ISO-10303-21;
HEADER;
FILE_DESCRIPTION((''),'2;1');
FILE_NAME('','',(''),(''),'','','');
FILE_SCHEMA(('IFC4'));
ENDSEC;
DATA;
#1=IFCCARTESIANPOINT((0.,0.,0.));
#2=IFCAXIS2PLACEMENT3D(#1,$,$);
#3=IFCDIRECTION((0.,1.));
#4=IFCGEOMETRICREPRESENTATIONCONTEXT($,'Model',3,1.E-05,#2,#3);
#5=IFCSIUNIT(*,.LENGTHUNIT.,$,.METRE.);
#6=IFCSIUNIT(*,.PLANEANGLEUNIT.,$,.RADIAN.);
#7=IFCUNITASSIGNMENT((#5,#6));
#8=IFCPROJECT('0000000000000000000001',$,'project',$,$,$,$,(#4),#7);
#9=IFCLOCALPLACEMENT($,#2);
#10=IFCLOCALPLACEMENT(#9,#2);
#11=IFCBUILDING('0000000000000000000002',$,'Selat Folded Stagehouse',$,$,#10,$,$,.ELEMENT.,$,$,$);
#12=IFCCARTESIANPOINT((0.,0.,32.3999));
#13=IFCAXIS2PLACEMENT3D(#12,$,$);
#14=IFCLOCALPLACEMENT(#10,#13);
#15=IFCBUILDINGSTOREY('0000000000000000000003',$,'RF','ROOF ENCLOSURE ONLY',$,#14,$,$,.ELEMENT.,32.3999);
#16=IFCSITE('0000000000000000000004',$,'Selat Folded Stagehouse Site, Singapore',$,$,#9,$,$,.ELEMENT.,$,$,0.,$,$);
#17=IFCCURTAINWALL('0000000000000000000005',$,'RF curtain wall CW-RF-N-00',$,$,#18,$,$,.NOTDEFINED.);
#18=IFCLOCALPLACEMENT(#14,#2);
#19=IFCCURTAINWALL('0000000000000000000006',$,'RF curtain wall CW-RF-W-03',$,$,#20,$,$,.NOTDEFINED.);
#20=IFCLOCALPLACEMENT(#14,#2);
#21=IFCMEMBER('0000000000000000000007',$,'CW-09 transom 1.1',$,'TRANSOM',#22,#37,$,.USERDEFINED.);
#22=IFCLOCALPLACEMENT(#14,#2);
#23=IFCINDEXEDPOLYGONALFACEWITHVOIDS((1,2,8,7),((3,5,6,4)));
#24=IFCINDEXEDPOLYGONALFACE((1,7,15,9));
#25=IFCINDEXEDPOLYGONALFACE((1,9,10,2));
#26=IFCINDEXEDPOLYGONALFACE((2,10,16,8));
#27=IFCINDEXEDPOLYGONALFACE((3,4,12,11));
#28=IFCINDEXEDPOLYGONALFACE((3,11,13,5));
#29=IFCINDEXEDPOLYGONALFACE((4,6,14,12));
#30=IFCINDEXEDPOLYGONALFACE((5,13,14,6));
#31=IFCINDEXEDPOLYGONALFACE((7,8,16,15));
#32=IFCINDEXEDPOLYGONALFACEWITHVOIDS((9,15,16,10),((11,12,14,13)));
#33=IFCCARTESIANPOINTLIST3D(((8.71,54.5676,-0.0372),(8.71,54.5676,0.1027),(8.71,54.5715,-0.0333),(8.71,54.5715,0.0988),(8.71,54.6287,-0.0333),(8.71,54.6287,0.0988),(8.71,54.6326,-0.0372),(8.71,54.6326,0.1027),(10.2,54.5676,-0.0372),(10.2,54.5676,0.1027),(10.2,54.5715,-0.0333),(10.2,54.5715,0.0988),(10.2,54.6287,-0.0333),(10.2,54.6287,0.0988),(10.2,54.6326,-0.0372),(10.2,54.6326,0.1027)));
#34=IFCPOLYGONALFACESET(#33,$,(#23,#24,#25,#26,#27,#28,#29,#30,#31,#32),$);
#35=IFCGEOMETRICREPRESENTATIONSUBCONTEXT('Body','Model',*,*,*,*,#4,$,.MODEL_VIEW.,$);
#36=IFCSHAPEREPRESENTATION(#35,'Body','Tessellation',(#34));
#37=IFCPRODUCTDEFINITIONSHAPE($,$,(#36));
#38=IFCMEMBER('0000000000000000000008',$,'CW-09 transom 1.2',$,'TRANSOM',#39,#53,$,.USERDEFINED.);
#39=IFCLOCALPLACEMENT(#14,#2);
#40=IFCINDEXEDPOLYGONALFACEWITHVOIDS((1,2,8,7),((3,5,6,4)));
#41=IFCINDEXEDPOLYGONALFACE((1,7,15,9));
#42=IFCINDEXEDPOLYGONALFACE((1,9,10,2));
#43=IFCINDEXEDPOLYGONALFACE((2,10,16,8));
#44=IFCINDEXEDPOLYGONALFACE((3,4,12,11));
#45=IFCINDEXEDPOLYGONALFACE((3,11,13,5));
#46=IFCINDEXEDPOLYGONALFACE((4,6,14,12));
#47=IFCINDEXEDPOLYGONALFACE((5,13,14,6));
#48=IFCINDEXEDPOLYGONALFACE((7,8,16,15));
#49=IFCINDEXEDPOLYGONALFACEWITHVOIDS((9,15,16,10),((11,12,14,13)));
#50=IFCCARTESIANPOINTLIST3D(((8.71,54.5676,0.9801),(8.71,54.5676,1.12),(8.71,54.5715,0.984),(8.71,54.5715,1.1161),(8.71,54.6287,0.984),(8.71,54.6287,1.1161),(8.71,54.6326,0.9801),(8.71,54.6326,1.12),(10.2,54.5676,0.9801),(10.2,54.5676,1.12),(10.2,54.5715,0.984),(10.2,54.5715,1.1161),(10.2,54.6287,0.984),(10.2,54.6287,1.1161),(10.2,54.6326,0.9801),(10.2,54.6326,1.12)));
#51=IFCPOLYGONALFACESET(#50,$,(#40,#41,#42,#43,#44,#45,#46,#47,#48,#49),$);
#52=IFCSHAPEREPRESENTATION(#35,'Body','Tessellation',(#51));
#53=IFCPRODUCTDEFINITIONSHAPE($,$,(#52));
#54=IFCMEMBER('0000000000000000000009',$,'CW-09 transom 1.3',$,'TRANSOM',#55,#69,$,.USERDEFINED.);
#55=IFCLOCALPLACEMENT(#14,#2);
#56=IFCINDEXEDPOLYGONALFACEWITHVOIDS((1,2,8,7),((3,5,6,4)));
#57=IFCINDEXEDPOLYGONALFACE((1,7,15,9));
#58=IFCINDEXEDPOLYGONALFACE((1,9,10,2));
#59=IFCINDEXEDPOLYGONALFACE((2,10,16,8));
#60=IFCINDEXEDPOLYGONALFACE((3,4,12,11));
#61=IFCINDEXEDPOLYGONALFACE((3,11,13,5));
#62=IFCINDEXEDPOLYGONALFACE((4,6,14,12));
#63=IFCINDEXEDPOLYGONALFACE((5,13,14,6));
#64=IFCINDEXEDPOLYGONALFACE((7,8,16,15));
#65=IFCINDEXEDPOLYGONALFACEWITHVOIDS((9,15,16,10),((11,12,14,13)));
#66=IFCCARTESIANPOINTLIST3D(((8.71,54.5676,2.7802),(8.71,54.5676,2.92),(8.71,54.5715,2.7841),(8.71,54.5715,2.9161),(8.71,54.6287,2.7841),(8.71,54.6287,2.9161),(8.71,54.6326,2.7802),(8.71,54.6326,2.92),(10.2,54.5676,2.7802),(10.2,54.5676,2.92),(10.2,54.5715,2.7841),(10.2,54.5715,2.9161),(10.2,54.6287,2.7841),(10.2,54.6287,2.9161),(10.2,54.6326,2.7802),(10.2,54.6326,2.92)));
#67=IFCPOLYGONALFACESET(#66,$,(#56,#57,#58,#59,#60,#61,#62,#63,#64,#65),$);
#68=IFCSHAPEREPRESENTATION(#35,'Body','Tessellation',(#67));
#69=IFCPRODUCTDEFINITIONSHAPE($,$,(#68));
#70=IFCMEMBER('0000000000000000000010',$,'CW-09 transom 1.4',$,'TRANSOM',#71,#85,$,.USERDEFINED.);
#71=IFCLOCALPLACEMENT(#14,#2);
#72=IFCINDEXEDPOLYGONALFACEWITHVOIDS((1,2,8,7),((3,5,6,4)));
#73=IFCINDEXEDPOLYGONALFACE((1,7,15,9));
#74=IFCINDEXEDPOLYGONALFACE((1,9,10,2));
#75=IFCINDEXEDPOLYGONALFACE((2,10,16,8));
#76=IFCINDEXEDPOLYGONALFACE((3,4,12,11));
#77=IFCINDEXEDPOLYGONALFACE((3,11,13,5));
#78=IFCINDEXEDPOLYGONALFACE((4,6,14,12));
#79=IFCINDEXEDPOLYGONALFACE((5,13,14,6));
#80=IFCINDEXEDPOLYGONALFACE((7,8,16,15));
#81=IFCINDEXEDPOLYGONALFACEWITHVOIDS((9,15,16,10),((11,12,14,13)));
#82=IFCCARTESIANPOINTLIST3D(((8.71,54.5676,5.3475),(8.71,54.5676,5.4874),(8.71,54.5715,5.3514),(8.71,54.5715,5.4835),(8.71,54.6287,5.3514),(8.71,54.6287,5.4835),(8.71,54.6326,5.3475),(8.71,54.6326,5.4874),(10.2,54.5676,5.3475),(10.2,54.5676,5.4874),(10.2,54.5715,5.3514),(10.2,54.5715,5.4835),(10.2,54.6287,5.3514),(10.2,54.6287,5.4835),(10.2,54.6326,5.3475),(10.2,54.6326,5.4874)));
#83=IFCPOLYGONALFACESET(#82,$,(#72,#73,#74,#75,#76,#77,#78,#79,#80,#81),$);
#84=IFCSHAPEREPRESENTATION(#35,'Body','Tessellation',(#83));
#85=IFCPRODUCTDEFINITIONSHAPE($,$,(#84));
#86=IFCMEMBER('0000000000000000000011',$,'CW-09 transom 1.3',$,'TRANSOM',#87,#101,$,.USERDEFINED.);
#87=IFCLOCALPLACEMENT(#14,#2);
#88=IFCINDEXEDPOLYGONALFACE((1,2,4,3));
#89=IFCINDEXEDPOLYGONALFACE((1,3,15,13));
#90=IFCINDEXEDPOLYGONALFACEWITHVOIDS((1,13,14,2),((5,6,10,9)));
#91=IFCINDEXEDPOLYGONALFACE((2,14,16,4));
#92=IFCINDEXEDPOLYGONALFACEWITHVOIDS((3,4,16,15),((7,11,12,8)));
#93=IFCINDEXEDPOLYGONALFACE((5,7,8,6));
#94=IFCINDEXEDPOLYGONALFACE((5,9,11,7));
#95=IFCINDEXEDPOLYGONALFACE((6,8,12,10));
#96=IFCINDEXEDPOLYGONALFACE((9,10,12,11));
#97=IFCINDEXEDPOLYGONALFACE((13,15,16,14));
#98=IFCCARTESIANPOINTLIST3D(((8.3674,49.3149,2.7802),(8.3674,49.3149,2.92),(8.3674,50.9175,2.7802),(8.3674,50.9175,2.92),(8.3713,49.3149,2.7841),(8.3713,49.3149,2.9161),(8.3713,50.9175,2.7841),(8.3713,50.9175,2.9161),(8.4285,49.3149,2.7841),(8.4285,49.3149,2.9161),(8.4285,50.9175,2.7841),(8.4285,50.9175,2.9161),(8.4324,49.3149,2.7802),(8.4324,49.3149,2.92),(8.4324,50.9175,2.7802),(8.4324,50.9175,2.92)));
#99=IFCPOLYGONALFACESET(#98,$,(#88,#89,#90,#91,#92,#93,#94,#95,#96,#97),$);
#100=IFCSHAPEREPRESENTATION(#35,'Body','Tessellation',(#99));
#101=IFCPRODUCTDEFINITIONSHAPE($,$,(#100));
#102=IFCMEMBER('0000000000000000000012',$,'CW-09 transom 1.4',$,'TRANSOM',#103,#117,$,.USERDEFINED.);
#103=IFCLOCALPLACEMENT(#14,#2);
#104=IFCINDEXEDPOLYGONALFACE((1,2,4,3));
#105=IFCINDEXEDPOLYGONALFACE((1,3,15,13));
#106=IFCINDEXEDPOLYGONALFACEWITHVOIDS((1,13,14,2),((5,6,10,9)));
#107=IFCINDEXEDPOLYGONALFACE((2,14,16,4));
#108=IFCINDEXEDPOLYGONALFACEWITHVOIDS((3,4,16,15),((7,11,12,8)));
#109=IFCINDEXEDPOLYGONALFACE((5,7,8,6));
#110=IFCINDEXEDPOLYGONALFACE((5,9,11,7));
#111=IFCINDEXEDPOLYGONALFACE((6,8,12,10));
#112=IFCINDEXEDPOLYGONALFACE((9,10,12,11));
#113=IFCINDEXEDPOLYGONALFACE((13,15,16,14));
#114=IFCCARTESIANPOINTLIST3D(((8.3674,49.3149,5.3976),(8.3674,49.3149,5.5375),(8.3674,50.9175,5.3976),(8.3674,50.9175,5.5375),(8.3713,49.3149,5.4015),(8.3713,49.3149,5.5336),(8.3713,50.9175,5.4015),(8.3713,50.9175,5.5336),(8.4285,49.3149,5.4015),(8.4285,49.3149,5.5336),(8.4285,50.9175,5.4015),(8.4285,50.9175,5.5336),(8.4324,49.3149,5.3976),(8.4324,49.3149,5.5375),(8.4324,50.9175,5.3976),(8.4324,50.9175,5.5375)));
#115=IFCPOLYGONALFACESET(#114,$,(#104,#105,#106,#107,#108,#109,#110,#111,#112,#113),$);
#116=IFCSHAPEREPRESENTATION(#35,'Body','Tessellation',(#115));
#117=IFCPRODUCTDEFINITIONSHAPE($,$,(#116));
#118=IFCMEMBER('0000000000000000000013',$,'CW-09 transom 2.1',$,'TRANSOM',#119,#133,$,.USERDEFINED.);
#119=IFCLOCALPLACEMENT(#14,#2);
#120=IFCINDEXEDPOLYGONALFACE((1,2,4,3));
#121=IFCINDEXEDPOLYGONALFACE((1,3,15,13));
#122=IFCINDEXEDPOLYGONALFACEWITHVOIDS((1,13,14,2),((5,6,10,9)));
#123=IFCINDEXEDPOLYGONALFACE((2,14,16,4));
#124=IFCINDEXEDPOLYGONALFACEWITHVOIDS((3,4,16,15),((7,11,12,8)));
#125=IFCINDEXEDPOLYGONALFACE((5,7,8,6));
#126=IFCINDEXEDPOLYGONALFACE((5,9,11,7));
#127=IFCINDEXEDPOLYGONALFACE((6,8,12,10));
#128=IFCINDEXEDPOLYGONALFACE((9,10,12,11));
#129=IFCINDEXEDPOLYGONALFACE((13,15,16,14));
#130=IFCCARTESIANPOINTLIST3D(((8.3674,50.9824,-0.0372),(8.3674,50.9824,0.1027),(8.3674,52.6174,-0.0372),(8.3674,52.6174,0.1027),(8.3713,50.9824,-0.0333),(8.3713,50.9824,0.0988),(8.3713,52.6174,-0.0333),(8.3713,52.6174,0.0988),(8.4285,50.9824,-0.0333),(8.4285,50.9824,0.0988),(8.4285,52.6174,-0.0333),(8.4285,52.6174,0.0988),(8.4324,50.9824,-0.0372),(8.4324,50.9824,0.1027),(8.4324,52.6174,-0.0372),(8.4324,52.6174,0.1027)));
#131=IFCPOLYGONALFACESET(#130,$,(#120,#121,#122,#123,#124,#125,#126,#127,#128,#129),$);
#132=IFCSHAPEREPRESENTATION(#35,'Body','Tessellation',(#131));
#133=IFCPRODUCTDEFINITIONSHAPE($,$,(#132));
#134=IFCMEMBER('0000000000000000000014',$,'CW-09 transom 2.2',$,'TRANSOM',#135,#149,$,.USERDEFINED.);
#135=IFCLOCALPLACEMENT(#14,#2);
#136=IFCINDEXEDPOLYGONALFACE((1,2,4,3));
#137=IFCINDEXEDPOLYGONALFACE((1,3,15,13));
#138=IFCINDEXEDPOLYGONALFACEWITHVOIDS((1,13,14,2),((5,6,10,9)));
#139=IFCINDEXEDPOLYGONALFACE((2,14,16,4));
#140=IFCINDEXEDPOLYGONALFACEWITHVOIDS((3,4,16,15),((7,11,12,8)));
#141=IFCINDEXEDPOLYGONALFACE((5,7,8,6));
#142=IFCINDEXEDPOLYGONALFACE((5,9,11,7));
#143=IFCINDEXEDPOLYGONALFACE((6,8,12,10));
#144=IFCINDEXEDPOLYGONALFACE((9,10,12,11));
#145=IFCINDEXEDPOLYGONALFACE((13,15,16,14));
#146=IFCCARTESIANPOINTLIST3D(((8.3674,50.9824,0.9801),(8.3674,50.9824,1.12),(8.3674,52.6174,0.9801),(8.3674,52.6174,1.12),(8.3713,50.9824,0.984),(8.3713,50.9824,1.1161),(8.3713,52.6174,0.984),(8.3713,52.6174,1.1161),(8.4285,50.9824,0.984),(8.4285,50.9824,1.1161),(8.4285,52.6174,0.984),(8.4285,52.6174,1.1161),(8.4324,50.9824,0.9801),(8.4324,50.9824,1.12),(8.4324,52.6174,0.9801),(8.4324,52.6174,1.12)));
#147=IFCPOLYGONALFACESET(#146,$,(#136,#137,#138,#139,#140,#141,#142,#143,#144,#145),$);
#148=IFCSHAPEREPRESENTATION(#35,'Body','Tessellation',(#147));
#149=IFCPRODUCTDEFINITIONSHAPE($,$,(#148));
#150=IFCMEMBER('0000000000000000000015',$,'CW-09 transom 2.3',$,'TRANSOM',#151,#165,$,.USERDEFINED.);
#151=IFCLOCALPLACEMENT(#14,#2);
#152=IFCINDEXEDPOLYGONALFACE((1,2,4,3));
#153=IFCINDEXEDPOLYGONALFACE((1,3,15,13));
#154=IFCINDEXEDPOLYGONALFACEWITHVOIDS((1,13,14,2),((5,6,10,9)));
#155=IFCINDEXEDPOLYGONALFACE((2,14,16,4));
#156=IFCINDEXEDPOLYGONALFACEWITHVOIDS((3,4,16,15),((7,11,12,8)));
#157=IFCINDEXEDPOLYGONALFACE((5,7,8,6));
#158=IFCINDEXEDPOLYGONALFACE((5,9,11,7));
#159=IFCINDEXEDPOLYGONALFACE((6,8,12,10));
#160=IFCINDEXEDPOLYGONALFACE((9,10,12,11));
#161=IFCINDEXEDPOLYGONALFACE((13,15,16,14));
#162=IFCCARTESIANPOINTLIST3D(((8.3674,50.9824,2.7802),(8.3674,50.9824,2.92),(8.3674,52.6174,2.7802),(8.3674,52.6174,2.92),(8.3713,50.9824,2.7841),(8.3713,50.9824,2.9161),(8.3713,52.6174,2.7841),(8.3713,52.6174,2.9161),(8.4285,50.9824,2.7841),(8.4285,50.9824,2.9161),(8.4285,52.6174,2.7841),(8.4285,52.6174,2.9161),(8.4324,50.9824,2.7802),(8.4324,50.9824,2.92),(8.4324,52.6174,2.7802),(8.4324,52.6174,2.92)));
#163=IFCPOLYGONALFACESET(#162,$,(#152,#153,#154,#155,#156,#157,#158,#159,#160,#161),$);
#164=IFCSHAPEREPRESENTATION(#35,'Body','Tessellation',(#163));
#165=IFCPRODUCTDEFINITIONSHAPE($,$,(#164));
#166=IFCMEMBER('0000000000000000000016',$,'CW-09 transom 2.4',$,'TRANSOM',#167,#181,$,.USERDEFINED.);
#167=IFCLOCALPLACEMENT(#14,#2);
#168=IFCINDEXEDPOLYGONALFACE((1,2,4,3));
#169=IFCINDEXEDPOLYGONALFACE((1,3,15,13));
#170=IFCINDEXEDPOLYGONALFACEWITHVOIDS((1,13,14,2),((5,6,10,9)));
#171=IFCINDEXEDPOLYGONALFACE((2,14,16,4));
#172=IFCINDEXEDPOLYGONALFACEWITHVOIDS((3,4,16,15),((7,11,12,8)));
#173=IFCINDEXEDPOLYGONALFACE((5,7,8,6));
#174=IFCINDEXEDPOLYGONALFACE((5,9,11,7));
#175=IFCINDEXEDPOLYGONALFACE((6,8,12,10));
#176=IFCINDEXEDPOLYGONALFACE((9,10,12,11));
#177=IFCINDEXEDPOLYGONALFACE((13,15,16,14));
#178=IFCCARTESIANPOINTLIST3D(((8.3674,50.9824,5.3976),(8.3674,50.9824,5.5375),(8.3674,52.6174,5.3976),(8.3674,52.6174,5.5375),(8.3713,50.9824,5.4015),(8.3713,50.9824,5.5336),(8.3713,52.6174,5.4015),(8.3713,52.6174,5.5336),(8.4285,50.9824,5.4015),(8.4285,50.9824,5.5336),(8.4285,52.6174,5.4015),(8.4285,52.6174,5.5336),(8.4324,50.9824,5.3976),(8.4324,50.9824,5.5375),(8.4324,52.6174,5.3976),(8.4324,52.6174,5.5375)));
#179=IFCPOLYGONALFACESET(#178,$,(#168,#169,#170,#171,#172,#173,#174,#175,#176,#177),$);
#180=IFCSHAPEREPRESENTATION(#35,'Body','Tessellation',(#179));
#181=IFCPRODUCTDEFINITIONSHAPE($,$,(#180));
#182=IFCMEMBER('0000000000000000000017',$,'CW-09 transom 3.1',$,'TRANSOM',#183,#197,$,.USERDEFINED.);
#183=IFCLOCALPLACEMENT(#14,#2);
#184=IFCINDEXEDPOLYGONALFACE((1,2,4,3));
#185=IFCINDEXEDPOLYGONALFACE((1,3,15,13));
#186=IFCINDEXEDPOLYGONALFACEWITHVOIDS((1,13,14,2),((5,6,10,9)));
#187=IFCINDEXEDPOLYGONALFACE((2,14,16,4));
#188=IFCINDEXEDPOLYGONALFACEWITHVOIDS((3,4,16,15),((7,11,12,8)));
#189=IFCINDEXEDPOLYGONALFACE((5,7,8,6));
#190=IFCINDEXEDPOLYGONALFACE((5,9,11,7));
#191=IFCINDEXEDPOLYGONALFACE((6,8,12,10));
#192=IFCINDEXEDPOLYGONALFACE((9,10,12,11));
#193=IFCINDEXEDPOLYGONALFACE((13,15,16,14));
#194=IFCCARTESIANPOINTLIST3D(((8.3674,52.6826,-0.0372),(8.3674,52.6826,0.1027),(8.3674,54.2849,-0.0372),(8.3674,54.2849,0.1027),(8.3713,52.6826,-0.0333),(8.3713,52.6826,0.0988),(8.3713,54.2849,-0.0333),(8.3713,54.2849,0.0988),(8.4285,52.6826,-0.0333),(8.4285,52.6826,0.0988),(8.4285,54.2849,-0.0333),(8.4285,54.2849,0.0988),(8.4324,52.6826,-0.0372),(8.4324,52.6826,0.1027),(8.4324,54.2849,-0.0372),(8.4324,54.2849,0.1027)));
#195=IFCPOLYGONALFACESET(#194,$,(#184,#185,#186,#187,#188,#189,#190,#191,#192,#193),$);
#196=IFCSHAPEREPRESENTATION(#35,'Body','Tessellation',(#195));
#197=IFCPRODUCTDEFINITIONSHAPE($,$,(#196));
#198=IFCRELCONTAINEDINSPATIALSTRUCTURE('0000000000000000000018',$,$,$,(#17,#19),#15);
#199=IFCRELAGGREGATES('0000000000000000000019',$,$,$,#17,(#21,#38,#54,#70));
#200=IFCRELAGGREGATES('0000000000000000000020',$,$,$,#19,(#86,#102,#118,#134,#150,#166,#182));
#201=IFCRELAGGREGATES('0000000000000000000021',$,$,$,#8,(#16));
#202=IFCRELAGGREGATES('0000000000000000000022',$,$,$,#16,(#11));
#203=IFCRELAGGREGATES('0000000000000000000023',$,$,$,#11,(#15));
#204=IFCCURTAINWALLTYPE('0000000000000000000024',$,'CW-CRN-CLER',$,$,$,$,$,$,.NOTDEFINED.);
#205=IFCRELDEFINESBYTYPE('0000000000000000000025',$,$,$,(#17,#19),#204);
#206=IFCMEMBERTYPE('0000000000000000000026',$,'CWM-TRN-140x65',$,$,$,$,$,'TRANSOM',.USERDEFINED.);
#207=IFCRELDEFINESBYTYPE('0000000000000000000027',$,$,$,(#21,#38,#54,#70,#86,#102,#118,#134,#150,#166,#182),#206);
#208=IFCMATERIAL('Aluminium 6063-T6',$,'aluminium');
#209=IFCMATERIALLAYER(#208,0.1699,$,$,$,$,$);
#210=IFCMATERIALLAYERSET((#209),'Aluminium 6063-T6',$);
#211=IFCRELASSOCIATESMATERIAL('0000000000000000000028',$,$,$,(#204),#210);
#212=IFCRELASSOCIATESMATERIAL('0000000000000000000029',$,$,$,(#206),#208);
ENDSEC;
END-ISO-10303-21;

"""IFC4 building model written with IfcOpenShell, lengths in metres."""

from ifc_helpers import new_model, si_unit, direction, frame, origin, origin_2d, place, context, subcontext, project, spatial, hollow_rectangle, extrude, material, layer, layer_set, material_profile, profile_set, type_object, element, aggregate, save


model = new_model("IFC4")

# Units and contexts
model_context = context("Model", 3, precision=1e-05, world=origin(), true_north=direction((0.0, 1.0)))
body_context = subcontext(model_context, "Body", "Model", "MODEL_VIEW")
ifc_project = project(units=[si_unit("LENGTHUNIT", "METRE"), si_unit("PLANEANGLEUNIT", "RADIAN")], contexts=[model_context])

# Site, building, storey
site_placement = place(None, origin())
site = spatial("IfcSite", under=ifc_project, at=site_placement, Name="Selat Folded Stagehouse Site, Singapore", CompositionType="ELEMENT", RefElevation=0.0)
building_placement = place(site_placement, origin())
building = spatial("IfcBuilding", under=site, at=building_placement, Name="Selat Folded Stagehouse", CompositionType="ELEMENT")
storey_placement = place(building_placement, frame((0.0, 0.0, 32.3999)))
storey = spatial("IfcBuildingStorey", under=building, at=storey_placement, Name="RF", Description="ROOF ENCLOSURE ONLY", CompositionType="ELEMENT", Elevation=32.3999)

# Curtain walls
ifc_material_1 = material(Name="Aluminium 6063-T6", Category="aluminium")
ifc_layer_1 = layer(ifc_material_1, 0.1699)
ifc_layer_set_1 = layer_set([ifc_layer_1], Name="Aluminium 6063-T6")
curtain_wall_type = type_object("IfcCurtainWallType", Name="CW-CRN-CLER", PredefinedType="NOTDEFINED", material=ifc_layer_set_1)
curtain_wall_1_placement = place(storey_placement, origin())
curtain_wall_1 = element("IfcCurtainWall", 1, at=curtain_wall_1_placement, inside=storey, type_object=curtain_wall_type, Name="RF curtain wall CW-RF-N-00", PredefinedType="NOTDEFINED")
curtain_wall_2_placement = place(storey_placement, origin())
curtain_wall_2 = element("IfcCurtainWall", 2, at=curtain_wall_2_placement, inside=storey, type_object=curtain_wall_type, Name="RF curtain wall CW-RF-W-03", PredefinedType="NOTDEFINED")

# Members
ifc_material_profile_1 = material_profile(ifc_material_1, hollow_rectangle(XDim=0.0649, YDim=0.1399, WallThickness=0.0039, at=origin_2d()), Name="ALU 140x65x4.0")
ifc_profile_set_1 = profile_set([ifc_material_profile_1], Name="Aluminium 6063-T6")
member_type_1 = type_object("IfcMemberType", Name="CWM-TRN-140x65", ElementType="TRANSOM", PredefinedType="USERDEFINED", material=ifc_profile_set_1)
member_1_placement = place(storey_placement, frame((8.71, 54.6001, 0.0327), z_axis=(1.0, 0.0, 0.0), x_axis=(0.0, 1.0, 0.0)))
member_1 = element("IfcMember", 3, at=member_1_placement, type_object=member_type_1, Name="CW-09 transom 1.1", ObjectType="TRANSOM", PredefinedType="USERDEFINED", context=body_context, shape_type="SweptSolid", body=[
    extrude(hollow_rectangle(XDim=0.0649, YDim=0.1399, WallThickness=0.0039, at=origin_2d()), origin(), (0.0, 0.0, 1.0), 1.49),
])
member_2_placement = place(storey_placement, frame((8.71, 54.6001, 1.05), z_axis=(1.0, 0.0, 0.0), x_axis=(0.0, 1.0, 0.0)))
member_2 = element("IfcMember", 4, at=member_2_placement, type_object=member_type_1, Name="CW-09 transom 1.2", ObjectType="TRANSOM", PredefinedType="USERDEFINED", context=body_context, shape_type="SweptSolid", body=[
    extrude(hollow_rectangle(XDim=0.0649, YDim=0.1399, WallThickness=0.0039, at=origin_2d()), origin(), (0.0, 0.0, 1.0), 1.49),
])
member_3_placement = place(storey_placement, frame((8.71, 54.6001, 2.8501), z_axis=(1.0, 0.0, 0.0), x_axis=(0.0, 1.0, 0.0)))
member_3 = element("IfcMember", 5, at=member_3_placement, type_object=member_type_1, Name="CW-09 transom 1.3", ObjectType="TRANSOM", PredefinedType="USERDEFINED", context=body_context, shape_type="SweptSolid", body=[
    extrude(hollow_rectangle(XDim=0.0649, YDim=0.1399, WallThickness=0.0039, at=origin_2d()), origin(), (0.0, 0.0, 1.0), 1.49),
])
member_4_placement = place(storey_placement, frame((8.71, 54.6001, 5.4175), z_axis=(1.0, 0.0, 0.0), x_axis=(0.0, 1.0, 0.0)))
member_4 = element("IfcMember", 6, at=member_4_placement, type_object=member_type_1, Name="CW-09 transom 1.4", ObjectType="TRANSOM", PredefinedType="USERDEFINED", context=body_context, shape_type="SweptSolid", body=[
    extrude(hollow_rectangle(XDim=0.0649, YDim=0.1399, WallThickness=0.0039, at=origin_2d()), origin(), (0.0, 0.0, 1.0), 1.49),
])
member_5_placement = place(storey_placement, frame((8.3999, 49.3149, 2.8501), z_axis=(0.0, 1.0, 0.0), x_axis=(-1.0, 0.0, 0.0)))
member_5 = element("IfcMember", 7, at=member_5_placement, type_object=member_type_1, Name="CW-09 transom 1.3", ObjectType="TRANSOM", PredefinedType="USERDEFINED", context=body_context, shape_type="SweptSolid", body=[
    extrude(hollow_rectangle(XDim=0.0649, YDim=0.1399, WallThickness=0.0039, at=origin_2d()), origin(), (0.0, 0.0, 1.0), 1.6025),
])
member_6_placement = place(storey_placement, frame((8.3999, 49.3149, 5.4675), z_axis=(0.0, 1.0, 0.0), x_axis=(-1.0, 0.0, 0.0)))
member_6 = element("IfcMember", 8, at=member_6_placement, type_object=member_type_1, Name="CW-09 transom 1.4", ObjectType="TRANSOM", PredefinedType="USERDEFINED", context=body_context, shape_type="SweptSolid", body=[
    extrude(hollow_rectangle(XDim=0.0649, YDim=0.1399, WallThickness=0.0039, at=origin_2d()), origin(), (0.0, 0.0, 1.0), 1.6025),
])
member_7_placement = place(storey_placement, frame((8.3999, 50.9824, 0.0327), z_axis=(0.0, 1.0, 0.0), x_axis=(-1.0, 0.0, 0.0)))
member_7 = element("IfcMember", 9, at=member_7_placement, type_object=member_type_1, Name="CW-09 transom 2.1", ObjectType="TRANSOM", PredefinedType="USERDEFINED", context=body_context, shape_type="SweptSolid", body=[
    extrude(hollow_rectangle(XDim=0.0649, YDim=0.1399, WallThickness=0.0039, at=origin_2d()), origin(), (0.0, 0.0, 1.0), 1.635),
])
member_8_placement = place(storey_placement, frame((8.3999, 50.9824, 1.05), z_axis=(0.0, 1.0, 0.0), x_axis=(-1.0, 0.0, 0.0)))
member_8 = element("IfcMember", 10, at=member_8_placement, type_object=member_type_1, Name="CW-09 transom 2.2", ObjectType="TRANSOM", PredefinedType="USERDEFINED", context=body_context, shape_type="SweptSolid", body=[
    extrude(hollow_rectangle(XDim=0.0649, YDim=0.1399, WallThickness=0.0039, at=origin_2d()), origin(), (0.0, 0.0, 1.0), 1.635),
])
member_9_placement = place(storey_placement, frame((8.3999, 50.9824, 2.8501), z_axis=(0.0, 1.0, 0.0), x_axis=(-1.0, 0.0, 0.0)))
member_9 = element("IfcMember", 11, at=member_9_placement, type_object=member_type_1, Name="CW-09 transom 2.3", ObjectType="TRANSOM", PredefinedType="USERDEFINED", context=body_context, shape_type="SweptSolid", body=[
    extrude(hollow_rectangle(XDim=0.0649, YDim=0.1399, WallThickness=0.0039, at=origin_2d()), origin(), (0.0, 0.0, 1.0), 1.635),
])
member_10_placement = place(storey_placement, frame((8.3999, 50.9824, 5.4675), z_axis=(0.0, 1.0, 0.0), x_axis=(-1.0, 0.0, 0.0)))
member_10 = element("IfcMember", 12, at=member_10_placement, type_object=member_type_1, Name="CW-09 transom 2.4", ObjectType="TRANSOM", PredefinedType="USERDEFINED", context=body_context, shape_type="SweptSolid", body=[
    extrude(hollow_rectangle(XDim=0.0649, YDim=0.1399, WallThickness=0.0039, at=origin_2d()), origin(), (0.0, 0.0, 1.0), 1.635),
])
member_11_placement = place(storey_placement, frame((8.3999, 52.6826, 0.0327), z_axis=(0.0, 1.0, 0.0), x_axis=(-1.0, 0.0, 0.0)))
member_11 = element("IfcMember", 13, at=member_11_placement, type_object=member_type_1, Name="CW-09 transom 3.1", ObjectType="TRANSOM", PredefinedType="USERDEFINED", context=body_context, shape_type="SweptSolid", body=[
    extrude(hollow_rectangle(XDim=0.0649, YDim=0.1399, WallThickness=0.0039, at=origin_2d()), origin(), (0.0, 0.0, 1.0), 1.6023),
])

aggregate(curtain_wall_1, [member_1, member_2, member_3, member_4])
aggregate(curtain_wall_2, [member_5, member_6, member_7, member_8, member_9, member_10, member_11])

save(model, "model.ifc")
